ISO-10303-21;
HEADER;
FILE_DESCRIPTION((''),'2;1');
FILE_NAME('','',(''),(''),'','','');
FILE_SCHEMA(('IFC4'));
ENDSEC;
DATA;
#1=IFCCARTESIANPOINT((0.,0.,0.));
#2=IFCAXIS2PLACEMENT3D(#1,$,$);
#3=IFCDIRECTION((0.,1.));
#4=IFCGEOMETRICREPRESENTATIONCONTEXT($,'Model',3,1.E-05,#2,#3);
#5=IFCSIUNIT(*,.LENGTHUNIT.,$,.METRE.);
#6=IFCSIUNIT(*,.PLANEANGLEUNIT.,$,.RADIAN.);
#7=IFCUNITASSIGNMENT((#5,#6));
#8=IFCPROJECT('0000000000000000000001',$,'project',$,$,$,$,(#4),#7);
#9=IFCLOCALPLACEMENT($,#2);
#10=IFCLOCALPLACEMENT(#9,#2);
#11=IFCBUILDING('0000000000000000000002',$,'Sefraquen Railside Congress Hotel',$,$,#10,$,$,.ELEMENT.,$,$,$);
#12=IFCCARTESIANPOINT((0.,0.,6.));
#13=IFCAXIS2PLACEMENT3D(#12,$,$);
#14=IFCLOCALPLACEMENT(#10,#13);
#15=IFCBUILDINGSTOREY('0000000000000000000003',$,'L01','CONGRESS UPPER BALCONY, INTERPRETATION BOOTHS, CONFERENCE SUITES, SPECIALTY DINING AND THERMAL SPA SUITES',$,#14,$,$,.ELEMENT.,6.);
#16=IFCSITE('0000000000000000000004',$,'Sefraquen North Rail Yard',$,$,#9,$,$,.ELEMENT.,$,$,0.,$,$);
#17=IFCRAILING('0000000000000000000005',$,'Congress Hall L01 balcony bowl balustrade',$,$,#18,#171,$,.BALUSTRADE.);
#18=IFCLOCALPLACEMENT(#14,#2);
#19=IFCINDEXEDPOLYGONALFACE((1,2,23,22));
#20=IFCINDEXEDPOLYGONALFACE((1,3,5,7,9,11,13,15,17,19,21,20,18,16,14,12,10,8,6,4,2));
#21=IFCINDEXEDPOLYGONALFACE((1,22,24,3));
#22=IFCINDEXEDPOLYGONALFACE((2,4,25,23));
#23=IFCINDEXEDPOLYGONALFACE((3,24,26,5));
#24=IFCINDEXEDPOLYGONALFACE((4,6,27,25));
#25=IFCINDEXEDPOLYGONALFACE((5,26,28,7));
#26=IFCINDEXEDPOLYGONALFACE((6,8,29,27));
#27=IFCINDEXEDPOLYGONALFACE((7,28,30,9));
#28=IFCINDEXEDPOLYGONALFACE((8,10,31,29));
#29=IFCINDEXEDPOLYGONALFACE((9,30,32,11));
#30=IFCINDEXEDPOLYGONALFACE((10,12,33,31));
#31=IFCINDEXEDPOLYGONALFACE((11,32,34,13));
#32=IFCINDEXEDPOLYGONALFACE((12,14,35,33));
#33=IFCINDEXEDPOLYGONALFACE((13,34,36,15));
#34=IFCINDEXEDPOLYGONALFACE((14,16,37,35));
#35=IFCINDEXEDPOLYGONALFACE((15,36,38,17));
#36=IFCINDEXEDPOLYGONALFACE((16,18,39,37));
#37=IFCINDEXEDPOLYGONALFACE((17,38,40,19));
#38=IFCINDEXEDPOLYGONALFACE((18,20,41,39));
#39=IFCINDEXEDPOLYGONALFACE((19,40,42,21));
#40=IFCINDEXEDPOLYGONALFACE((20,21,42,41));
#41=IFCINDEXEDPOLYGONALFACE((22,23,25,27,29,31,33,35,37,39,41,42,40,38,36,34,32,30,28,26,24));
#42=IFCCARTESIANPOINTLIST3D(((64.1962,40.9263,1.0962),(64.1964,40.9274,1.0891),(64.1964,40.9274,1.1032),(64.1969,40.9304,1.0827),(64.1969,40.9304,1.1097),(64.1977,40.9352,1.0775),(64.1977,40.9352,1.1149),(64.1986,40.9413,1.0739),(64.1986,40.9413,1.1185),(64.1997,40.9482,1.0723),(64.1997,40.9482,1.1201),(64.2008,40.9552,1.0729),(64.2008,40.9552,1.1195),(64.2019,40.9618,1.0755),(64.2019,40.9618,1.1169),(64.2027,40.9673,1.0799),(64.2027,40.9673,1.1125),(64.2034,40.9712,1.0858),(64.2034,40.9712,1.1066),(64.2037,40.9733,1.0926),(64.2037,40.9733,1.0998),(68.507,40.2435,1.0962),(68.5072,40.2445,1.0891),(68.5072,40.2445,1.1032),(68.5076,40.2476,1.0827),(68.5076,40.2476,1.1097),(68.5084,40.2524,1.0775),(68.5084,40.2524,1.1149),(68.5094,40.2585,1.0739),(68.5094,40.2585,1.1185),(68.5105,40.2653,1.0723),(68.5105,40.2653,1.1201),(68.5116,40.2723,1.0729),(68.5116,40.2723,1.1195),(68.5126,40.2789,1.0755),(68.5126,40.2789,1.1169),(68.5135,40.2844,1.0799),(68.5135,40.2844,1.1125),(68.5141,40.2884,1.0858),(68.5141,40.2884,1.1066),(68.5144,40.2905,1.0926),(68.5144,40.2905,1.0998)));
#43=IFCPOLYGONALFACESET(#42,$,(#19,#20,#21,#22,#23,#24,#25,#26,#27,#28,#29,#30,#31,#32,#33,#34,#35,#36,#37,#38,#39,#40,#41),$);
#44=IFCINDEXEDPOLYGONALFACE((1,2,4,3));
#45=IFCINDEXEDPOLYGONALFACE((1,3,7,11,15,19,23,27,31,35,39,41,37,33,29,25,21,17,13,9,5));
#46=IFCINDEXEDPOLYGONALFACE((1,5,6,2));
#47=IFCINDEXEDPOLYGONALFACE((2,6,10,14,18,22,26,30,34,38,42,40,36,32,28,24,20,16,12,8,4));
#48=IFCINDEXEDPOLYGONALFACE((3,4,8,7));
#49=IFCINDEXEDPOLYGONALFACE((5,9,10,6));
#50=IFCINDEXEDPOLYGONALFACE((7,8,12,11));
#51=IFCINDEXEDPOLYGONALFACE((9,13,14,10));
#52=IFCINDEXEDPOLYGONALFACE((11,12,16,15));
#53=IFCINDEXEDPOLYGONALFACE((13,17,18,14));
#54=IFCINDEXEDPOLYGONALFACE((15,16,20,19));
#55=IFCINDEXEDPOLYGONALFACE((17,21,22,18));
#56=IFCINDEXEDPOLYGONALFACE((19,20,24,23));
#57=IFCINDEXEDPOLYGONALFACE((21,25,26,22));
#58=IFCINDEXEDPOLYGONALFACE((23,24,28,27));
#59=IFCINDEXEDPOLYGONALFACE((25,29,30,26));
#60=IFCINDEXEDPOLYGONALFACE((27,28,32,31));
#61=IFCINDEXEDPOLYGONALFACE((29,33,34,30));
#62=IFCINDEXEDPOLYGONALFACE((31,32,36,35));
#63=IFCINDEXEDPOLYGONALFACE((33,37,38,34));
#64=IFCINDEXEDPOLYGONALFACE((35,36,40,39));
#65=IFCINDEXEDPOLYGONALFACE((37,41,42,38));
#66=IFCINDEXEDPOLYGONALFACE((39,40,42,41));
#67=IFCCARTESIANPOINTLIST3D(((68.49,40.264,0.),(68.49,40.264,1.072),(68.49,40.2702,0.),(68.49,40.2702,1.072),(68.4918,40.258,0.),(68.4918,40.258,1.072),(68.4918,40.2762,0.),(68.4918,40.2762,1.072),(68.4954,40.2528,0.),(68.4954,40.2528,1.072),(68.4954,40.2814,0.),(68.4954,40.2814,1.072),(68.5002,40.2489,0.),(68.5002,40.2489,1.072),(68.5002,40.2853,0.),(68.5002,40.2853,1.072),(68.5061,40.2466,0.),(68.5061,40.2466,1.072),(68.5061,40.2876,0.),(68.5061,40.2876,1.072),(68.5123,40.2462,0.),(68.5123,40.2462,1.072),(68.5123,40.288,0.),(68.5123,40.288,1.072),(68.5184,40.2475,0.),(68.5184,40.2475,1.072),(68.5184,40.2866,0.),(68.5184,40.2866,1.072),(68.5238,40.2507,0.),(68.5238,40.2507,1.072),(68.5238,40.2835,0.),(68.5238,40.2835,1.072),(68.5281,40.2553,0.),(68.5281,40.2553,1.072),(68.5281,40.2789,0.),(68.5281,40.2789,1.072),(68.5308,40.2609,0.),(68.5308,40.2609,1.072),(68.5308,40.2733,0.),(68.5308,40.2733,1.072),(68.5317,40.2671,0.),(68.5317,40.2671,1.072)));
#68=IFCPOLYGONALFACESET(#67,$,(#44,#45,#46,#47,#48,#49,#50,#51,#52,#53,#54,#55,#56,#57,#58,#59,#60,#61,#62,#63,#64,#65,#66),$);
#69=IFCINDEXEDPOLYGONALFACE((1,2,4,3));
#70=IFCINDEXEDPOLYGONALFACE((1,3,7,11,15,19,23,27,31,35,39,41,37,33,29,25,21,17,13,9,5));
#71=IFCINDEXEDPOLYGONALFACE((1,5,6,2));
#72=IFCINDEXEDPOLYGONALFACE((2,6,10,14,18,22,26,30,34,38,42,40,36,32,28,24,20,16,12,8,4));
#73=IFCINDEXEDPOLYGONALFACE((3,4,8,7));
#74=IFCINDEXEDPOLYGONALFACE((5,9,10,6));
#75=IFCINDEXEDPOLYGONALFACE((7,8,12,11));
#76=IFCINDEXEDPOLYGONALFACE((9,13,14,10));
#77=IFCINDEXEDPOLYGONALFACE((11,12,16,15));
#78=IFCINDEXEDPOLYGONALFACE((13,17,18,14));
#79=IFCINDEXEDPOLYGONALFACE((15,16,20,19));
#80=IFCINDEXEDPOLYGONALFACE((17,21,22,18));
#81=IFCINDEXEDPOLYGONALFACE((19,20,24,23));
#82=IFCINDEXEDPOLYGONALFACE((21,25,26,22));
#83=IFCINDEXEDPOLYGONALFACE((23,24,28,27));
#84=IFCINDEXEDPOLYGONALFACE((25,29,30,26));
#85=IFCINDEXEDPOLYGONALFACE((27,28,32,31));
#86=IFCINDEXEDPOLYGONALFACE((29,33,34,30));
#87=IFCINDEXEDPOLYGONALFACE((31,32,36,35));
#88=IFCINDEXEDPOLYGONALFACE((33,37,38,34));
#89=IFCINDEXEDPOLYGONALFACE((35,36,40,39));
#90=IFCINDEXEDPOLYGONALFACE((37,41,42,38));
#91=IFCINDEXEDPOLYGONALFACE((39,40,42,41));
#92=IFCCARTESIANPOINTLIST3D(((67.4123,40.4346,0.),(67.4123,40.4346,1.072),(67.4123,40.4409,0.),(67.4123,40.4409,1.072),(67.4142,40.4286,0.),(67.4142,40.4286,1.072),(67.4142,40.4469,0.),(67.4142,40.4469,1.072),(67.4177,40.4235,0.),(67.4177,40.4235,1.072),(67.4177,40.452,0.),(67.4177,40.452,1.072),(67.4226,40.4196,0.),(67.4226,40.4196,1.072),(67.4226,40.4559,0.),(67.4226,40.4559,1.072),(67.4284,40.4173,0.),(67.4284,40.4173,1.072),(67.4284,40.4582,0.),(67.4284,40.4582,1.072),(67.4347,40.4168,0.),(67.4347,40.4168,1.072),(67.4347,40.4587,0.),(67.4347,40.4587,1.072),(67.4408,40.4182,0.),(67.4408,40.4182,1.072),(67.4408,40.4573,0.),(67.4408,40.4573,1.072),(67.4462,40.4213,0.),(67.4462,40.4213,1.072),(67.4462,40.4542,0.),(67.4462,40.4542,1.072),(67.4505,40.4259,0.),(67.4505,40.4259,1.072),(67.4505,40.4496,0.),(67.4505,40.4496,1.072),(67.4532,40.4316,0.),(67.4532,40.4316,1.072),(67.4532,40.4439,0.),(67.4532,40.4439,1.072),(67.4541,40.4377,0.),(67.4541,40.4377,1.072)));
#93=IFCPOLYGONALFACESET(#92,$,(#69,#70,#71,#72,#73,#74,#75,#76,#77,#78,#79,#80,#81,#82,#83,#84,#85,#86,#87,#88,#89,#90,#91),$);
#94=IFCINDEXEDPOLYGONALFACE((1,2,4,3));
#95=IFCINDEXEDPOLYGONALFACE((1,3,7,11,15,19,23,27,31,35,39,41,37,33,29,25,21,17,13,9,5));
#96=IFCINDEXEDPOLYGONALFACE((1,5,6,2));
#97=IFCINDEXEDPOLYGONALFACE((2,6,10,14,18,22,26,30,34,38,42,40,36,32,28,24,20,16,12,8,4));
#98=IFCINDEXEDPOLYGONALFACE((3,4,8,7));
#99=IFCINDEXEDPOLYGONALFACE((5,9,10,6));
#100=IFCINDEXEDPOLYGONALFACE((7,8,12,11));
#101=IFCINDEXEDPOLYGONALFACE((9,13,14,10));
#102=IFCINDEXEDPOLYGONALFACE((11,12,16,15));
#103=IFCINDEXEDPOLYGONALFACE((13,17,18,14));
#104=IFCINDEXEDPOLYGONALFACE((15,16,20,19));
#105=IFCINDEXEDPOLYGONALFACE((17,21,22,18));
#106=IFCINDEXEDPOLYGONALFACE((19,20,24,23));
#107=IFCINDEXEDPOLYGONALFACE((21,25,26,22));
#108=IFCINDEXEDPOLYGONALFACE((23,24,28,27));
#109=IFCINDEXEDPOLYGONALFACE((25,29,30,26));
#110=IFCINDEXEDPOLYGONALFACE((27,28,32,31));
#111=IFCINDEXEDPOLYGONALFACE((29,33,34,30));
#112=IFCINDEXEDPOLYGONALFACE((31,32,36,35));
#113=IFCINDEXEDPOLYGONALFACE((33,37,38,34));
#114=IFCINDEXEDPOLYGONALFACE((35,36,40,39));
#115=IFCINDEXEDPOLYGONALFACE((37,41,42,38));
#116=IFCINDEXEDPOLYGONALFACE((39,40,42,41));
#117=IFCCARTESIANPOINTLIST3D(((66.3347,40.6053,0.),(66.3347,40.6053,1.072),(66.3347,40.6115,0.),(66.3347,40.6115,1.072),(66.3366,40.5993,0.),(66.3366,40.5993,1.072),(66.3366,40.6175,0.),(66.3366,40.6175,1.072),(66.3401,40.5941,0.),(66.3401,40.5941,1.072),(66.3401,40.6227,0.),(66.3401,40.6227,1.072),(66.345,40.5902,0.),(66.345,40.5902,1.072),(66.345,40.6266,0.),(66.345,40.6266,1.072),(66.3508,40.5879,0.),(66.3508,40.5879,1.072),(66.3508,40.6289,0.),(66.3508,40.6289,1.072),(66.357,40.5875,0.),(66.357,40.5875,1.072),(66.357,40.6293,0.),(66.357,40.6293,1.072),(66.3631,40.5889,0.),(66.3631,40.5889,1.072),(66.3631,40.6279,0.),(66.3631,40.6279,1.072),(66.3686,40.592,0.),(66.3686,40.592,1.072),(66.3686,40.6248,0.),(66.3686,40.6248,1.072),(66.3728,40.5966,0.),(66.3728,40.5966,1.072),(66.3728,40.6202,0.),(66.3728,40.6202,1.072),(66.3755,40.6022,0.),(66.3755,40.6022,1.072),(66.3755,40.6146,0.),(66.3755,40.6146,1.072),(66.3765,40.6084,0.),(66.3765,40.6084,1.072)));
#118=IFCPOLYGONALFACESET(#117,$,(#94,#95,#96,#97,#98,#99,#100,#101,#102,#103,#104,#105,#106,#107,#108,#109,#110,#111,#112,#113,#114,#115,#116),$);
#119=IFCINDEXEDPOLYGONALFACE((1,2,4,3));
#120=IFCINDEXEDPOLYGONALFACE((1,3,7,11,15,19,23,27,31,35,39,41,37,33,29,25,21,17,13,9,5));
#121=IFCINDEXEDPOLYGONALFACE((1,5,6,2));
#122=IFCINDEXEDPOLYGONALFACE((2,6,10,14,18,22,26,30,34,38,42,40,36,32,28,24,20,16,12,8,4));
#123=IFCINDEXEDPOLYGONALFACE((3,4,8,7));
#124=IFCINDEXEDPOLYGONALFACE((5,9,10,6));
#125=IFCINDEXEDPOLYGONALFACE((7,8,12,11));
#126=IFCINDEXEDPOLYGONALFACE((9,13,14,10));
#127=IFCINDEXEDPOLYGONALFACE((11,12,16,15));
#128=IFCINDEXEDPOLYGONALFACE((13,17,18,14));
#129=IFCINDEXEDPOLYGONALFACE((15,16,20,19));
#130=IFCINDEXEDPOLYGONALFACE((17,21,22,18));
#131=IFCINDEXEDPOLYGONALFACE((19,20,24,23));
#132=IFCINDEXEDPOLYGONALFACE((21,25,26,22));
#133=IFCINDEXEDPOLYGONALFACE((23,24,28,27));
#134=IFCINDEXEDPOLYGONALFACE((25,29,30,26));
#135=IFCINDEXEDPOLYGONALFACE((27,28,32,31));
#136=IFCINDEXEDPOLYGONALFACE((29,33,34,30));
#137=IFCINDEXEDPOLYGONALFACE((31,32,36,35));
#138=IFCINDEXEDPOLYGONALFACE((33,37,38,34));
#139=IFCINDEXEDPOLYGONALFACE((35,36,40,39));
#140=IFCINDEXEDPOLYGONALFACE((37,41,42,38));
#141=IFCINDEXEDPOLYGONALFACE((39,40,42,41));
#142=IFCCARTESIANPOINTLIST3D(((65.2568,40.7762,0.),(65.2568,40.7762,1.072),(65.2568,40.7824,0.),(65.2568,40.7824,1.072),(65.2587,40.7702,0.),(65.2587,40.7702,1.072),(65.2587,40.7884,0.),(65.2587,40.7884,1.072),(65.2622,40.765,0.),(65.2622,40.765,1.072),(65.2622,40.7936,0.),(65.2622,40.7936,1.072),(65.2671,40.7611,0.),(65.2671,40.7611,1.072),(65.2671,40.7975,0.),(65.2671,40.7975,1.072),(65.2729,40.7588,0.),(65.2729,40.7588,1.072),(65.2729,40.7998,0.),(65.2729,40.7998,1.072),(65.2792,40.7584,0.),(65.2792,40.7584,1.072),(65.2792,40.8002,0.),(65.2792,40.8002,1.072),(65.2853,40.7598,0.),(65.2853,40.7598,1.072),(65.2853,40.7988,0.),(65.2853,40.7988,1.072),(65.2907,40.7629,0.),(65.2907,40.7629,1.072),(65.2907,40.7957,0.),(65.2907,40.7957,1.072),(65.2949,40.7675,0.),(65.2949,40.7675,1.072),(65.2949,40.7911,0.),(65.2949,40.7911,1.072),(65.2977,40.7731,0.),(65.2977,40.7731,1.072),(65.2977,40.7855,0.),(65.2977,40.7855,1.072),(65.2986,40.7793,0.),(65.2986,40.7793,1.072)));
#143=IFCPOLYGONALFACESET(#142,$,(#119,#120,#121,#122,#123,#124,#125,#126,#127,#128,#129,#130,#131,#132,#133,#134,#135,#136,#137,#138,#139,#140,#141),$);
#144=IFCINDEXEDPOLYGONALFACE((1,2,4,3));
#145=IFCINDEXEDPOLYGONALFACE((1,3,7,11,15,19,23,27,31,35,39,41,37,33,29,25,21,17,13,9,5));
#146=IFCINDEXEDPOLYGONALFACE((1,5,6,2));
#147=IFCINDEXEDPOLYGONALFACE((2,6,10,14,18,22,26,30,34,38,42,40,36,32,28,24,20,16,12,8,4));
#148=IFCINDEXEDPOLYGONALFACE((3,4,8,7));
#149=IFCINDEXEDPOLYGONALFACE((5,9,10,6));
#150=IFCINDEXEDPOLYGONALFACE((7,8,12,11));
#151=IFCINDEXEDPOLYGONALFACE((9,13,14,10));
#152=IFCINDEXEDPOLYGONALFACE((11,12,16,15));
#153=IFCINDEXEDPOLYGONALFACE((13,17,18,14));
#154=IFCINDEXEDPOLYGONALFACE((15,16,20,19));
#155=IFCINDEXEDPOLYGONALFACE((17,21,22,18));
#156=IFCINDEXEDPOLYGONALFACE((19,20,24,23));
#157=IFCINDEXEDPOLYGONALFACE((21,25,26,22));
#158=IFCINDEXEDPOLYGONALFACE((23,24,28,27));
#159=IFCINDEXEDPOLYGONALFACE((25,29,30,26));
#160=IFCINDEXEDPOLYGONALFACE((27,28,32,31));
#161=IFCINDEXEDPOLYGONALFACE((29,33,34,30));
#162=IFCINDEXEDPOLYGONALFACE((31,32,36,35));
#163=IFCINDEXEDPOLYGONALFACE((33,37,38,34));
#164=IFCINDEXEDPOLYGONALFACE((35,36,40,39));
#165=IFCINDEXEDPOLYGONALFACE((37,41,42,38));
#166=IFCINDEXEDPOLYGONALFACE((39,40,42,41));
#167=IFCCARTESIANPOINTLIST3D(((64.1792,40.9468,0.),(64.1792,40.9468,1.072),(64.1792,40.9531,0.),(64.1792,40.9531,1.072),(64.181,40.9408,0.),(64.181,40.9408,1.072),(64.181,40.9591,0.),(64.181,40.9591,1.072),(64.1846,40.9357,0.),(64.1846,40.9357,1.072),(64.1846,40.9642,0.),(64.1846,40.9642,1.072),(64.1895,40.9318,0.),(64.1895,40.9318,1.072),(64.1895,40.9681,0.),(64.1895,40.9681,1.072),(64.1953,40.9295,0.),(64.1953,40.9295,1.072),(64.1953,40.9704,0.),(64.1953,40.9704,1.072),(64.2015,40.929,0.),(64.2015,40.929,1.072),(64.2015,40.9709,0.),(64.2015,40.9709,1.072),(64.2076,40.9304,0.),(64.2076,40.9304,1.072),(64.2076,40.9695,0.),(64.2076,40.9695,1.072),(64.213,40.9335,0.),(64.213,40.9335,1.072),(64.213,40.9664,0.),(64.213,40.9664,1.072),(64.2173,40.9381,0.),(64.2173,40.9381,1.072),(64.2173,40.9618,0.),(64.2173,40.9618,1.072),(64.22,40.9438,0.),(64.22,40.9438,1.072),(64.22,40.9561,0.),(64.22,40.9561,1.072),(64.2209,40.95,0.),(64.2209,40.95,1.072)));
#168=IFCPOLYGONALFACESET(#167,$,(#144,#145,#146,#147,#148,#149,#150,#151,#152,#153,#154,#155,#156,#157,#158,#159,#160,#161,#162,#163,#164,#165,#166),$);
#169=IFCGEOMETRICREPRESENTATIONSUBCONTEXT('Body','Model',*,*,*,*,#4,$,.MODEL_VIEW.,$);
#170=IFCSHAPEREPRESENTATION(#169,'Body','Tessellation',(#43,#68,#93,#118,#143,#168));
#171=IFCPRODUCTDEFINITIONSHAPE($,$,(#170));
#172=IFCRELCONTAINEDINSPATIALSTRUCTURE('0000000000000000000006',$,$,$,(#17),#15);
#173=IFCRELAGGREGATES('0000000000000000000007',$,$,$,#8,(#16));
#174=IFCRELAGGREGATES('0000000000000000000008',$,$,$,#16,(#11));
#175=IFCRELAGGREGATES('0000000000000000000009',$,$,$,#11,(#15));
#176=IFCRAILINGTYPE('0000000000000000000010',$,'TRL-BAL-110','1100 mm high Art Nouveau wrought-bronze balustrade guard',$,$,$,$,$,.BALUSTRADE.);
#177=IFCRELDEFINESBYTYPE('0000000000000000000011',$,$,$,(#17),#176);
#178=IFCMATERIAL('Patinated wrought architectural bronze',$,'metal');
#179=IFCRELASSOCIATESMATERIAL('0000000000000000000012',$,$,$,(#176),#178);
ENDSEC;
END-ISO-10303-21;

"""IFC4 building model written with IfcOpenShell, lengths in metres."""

from ifc_helpers import new_model, si_unit, direction, frame, origin, origin_2d, place, context, subcontext, project, spatial, circle, extrude, material, type_object, element, save


model = new_model("IFC4")

# Units and contexts
model_context = context("Model", 3, precision=1e-05, world=origin(), true_north=direction((0.0, 1.0)))
body_context = subcontext(model_context, "Body", "Model", "MODEL_VIEW")
ifc_project = project(units=[si_unit("LENGTHUNIT", "METRE"), si_unit("PLANEANGLEUNIT", "RADIAN")], contexts=[model_context])

# Site, building, storey
site_placement = place(None, origin())
site = spatial("IfcSite", under=ifc_project, at=site_placement, Name="Sefraquen North Rail Yard", CompositionType="ELEMENT", RefElevation=0.0)
building_placement = place(site_placement, origin())
building = spatial("IfcBuilding", under=site, at=building_placement, Name="Sefraquen Railside Congress Hotel", CompositionType="ELEMENT")
storey_placement = place(building_placement, frame((0.0, 0.0, 6.0)))
storey = spatial("IfcBuildingStorey", under=building, at=storey_placement, Name="L01", Description="CONGRESS UPPER BALCONY, INTERPRETATION BOOTHS, CONFERENCE SUITES, SPECIALTY DINING AND THERMAL SPA SUITES", CompositionType="ELEMENT", Elevation=6.0)

# Railing
ifc_material_1 = material(Name="Patinated wrought architectural bronze", Category="metal")
railing_type = type_object("IfcRailingType", Name="TRL-BAL-110", Description="1100 mm high Art Nouveau wrought-bronze balustrade guard", PredefinedType="BALUSTRADE", material=ifc_material_1)
railing_1_placement = place(storey_placement, frame((68.5107, 40.2671, 0.0)))
element("IfcRailing", 1, at=railing_1_placement, inside=storey, type_object=railing_type, Name="Congress Hall L01 balcony bowl balustrade", PredefinedType="BALUSTRADE", context=body_context, shape_type="SweptSolid", body=[
    extrude(circle(Radius=0.0239, at=origin_2d()), frame((0.0, 0.0, 1.0962), z_axis=(-0.987685, 0.156457, 0.0), x_axis=(-0.156457, -0.987685, 0.0)), (0.0, 0.0, 1.0), 4.3645),
    extrude(circle(Radius=0.021, at=origin_2d()), origin(), (0.0, 0.0, 1.0), 1.072),
    extrude(circle(Radius=0.021, at=origin_2d()), frame((-1.0776, 0.1707, 0.0)), (0.0, 0.0, 1.0), 1.072),
    extrude(circle(Radius=0.021, at=origin_2d()), frame((-2.1553, 0.3413, 0.0)), (0.0, 0.0, 1.0), 1.072),
    extrude(circle(Radius=0.021, at=origin_2d()), frame((-3.2332, 0.5122, 0.0)), (0.0, 0.0, 1.0), 1.072),
    extrude(circle(Radius=0.021, at=origin_2d()), frame((-4.3108, 0.6829, 0.0)), (0.0, 0.0, 1.0), 1.072),
])

save(model, "model.ifc")
